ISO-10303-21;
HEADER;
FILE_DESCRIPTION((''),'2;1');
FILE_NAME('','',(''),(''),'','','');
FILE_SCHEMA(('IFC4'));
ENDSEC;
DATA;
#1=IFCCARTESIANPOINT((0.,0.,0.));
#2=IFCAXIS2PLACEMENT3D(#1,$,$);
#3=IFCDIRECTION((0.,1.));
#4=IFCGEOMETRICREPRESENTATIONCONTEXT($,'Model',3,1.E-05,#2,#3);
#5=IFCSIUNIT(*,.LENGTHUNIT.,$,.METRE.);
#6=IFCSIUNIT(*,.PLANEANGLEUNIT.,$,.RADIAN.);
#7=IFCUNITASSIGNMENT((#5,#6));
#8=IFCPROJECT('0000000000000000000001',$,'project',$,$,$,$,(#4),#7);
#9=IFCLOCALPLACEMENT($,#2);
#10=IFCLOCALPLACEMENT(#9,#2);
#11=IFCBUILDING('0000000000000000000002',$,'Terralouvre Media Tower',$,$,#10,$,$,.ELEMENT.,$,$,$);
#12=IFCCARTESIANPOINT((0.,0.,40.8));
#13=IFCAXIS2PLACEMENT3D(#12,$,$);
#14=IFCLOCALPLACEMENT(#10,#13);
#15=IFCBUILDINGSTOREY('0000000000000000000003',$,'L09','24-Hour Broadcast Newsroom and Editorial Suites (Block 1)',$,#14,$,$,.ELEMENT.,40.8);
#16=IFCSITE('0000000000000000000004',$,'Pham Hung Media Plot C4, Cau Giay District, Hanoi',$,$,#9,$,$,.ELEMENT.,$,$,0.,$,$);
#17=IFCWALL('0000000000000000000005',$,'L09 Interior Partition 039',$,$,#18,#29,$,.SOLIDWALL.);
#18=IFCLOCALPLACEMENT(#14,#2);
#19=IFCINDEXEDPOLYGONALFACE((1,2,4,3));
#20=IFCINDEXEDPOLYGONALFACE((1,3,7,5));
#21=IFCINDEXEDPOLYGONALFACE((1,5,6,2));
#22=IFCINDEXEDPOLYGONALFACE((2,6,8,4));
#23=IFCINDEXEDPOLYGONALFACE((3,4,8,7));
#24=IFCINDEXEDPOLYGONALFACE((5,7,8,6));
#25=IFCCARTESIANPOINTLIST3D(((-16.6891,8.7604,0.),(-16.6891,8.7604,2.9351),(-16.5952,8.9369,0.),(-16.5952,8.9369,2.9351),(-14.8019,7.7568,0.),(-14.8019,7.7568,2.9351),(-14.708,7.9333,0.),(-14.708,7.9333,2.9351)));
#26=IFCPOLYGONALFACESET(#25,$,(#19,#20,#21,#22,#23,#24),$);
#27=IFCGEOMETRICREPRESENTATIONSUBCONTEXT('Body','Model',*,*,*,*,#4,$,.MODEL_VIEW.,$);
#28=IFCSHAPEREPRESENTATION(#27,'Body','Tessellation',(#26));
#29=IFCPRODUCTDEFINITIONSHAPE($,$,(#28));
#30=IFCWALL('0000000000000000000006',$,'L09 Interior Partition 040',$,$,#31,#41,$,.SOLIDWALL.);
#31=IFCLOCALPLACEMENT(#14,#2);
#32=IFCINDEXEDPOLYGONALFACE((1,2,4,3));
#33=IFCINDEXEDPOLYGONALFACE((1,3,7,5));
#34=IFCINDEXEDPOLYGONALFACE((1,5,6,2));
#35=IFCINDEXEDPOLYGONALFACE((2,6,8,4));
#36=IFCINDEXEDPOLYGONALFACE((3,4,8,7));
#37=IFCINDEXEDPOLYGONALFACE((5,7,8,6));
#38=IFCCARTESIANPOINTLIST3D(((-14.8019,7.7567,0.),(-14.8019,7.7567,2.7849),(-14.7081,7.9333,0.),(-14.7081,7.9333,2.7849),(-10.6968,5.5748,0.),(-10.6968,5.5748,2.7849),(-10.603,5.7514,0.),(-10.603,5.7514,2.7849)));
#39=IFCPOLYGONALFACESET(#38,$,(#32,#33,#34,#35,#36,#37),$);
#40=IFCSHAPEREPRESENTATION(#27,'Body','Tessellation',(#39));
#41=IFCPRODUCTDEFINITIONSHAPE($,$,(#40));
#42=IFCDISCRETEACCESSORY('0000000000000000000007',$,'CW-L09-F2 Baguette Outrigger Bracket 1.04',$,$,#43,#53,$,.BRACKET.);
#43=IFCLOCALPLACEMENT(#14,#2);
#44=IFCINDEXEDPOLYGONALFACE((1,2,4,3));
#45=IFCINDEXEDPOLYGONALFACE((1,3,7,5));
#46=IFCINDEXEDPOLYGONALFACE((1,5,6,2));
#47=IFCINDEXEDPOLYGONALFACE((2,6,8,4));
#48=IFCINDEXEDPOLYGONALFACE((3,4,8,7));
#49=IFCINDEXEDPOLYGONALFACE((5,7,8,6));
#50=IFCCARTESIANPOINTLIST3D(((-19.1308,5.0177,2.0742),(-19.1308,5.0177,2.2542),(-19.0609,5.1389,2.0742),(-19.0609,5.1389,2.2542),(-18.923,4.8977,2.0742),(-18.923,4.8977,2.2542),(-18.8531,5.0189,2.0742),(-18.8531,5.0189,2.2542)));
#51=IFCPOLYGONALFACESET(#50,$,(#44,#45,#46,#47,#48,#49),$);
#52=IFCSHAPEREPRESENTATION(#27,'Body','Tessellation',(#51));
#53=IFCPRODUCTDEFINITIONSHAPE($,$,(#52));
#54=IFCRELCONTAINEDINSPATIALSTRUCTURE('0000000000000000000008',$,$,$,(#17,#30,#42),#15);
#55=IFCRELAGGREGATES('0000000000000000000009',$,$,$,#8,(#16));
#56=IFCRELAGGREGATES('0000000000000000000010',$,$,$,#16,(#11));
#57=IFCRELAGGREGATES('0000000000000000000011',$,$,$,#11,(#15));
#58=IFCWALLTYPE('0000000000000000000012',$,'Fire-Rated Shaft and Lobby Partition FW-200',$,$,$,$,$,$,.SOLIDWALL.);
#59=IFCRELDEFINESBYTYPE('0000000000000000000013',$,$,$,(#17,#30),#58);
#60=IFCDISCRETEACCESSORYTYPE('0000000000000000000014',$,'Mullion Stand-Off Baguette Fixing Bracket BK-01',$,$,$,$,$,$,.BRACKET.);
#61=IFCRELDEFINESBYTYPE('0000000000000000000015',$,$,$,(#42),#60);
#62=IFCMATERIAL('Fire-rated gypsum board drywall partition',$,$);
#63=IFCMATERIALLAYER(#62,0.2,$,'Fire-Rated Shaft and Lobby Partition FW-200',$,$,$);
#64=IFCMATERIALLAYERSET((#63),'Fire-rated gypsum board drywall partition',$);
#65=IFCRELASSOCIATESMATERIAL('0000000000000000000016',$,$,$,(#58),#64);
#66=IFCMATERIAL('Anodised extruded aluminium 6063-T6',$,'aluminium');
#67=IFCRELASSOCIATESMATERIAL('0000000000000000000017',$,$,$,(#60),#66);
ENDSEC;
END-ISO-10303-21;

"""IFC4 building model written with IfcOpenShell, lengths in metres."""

from ifc_helpers import new_model, si_unit, direction, frame, frame_2d, origin, origin_2d, place, context, subcontext, project, spatial, rectangle, extrude, material, layer, layer_set, type_object, element, save


model = new_model("IFC4")

# Units and contexts
model_context = context("Model", 3, precision=1e-05, world=origin(), true_north=direction((0.0, 1.0)))
body_context = subcontext(model_context, "Body", "Model", "MODEL_VIEW")
ifc_project = project(units=[si_unit("LENGTHUNIT", "METRE"), si_unit("PLANEANGLEUNIT", "RADIAN")], contexts=[model_context])

# Site, building, storey
site_placement = place(None, origin())
site = spatial("IfcSite", under=ifc_project, at=site_placement, Name="Pham Hung Media Plot C4, Cau Giay District, Hanoi", CompositionType="ELEMENT", RefElevation=0.0)
building_placement = place(site_placement, origin())
building = spatial("IfcBuilding", under=site, at=building_placement, Name="Terralouvre Media Tower", CompositionType="ELEMENT")
storey_placement = place(building_placement, frame((0.0, 0.0, 40.8)))
storey = spatial("IfcBuildingStorey", under=building, at=storey_placement, Name="L09", Description="24-Hour Broadcast Newsroom and Editorial Suites (Block 1)", CompositionType="ELEMENT", Elevation=40.8)

# Shared definitions
ifc_material_1 = material(Name="Fire-rated gypsum board drywall partition")
ifc_layer_1 = layer(ifc_material_1, 0.2, Name="Fire-Rated Shaft and Lobby Partition FW-200")
ifc_layer_set_1 = layer_set([ifc_layer_1], Name="Fire-rated gypsum board drywall partition")
wall_type_1 = type_object("IfcWallType", Name="Fire-Rated Shaft and Lobby Partition FW-200", PredefinedType="SOLIDWALL", material=ifc_layer_set_1)

# Walls
wall_1_placement = place(storey_placement, frame((-14.7549, 7.845, 0.0), z_axis=(0.0, 0.0, 1.0), x_axis=(-0.882906, 0.46955, 0.0)))
element("IfcWall", 1, at=wall_1_placement, inside=storey, type_object=wall_type_1, Name="L09 Interior Partition 039", PredefinedType="SOLIDWALL", context=body_context, shape_type="SweptSolid", body=[
    extrude(rectangle(XDim=2.1375, YDim=0.2, at=frame_2d((1.0688, 0.0))), origin(), (0.0, 0.0, 1.0), 2.9351),
])
wall_2_placement = place(storey_placement, frame((-10.6499, 5.6631, 0.0), z_axis=(0.0, 0.0, 1.0), x_axis=(-0.883016, 0.469342, 0.0)))
element("IfcWall", 2, at=wall_2_placement, inside=storey, type_object=wall_type_1, Name="L09 Interior Partition 040", PredefinedType="SOLIDWALL", context=body_context, shape_type="SweptSolid", body=[
    extrude(rectangle(XDim=4.6489, YDim=0.2, at=frame_2d((2.3245, 0.0))), origin(), (0.0, 0.0, 1.0), 2.7849),
])

# Discrete accessory
ifc_material_2 = material(Name="Anodised extruded aluminium 6063-T6", Category="aluminium")
discrete_accessory_type = type_object("IfcDiscreteAccessoryType", Name="Mullion Stand-Off Baguette Fixing Bracket BK-01", PredefinedType="BRACKET", material=ifc_material_2)
discrete_accessory_placement = place(storey_placement, frame((-18.9919, 5.0183, 2.0742), z_axis=(0.0, 0.0, 1.0), x_axis=(-0.5, -0.866025, 0.0)))
element("IfcDiscreteAccessory", 3, at=discrete_accessory_placement, inside=storey, type_object=discrete_accessory_type, Name="CW-L09-F2 Baguette Outrigger Bracket 1.04", PredefinedType="BRACKET", context=body_context, shape_type="SweptSolid", body=[
    extrude(rectangle(XDim=0.1399, YDim=0.24, at=origin_2d()), origin(), (0.0, 0.0, 1.0), 0.1799),
])

save(model, "model.ifc")
